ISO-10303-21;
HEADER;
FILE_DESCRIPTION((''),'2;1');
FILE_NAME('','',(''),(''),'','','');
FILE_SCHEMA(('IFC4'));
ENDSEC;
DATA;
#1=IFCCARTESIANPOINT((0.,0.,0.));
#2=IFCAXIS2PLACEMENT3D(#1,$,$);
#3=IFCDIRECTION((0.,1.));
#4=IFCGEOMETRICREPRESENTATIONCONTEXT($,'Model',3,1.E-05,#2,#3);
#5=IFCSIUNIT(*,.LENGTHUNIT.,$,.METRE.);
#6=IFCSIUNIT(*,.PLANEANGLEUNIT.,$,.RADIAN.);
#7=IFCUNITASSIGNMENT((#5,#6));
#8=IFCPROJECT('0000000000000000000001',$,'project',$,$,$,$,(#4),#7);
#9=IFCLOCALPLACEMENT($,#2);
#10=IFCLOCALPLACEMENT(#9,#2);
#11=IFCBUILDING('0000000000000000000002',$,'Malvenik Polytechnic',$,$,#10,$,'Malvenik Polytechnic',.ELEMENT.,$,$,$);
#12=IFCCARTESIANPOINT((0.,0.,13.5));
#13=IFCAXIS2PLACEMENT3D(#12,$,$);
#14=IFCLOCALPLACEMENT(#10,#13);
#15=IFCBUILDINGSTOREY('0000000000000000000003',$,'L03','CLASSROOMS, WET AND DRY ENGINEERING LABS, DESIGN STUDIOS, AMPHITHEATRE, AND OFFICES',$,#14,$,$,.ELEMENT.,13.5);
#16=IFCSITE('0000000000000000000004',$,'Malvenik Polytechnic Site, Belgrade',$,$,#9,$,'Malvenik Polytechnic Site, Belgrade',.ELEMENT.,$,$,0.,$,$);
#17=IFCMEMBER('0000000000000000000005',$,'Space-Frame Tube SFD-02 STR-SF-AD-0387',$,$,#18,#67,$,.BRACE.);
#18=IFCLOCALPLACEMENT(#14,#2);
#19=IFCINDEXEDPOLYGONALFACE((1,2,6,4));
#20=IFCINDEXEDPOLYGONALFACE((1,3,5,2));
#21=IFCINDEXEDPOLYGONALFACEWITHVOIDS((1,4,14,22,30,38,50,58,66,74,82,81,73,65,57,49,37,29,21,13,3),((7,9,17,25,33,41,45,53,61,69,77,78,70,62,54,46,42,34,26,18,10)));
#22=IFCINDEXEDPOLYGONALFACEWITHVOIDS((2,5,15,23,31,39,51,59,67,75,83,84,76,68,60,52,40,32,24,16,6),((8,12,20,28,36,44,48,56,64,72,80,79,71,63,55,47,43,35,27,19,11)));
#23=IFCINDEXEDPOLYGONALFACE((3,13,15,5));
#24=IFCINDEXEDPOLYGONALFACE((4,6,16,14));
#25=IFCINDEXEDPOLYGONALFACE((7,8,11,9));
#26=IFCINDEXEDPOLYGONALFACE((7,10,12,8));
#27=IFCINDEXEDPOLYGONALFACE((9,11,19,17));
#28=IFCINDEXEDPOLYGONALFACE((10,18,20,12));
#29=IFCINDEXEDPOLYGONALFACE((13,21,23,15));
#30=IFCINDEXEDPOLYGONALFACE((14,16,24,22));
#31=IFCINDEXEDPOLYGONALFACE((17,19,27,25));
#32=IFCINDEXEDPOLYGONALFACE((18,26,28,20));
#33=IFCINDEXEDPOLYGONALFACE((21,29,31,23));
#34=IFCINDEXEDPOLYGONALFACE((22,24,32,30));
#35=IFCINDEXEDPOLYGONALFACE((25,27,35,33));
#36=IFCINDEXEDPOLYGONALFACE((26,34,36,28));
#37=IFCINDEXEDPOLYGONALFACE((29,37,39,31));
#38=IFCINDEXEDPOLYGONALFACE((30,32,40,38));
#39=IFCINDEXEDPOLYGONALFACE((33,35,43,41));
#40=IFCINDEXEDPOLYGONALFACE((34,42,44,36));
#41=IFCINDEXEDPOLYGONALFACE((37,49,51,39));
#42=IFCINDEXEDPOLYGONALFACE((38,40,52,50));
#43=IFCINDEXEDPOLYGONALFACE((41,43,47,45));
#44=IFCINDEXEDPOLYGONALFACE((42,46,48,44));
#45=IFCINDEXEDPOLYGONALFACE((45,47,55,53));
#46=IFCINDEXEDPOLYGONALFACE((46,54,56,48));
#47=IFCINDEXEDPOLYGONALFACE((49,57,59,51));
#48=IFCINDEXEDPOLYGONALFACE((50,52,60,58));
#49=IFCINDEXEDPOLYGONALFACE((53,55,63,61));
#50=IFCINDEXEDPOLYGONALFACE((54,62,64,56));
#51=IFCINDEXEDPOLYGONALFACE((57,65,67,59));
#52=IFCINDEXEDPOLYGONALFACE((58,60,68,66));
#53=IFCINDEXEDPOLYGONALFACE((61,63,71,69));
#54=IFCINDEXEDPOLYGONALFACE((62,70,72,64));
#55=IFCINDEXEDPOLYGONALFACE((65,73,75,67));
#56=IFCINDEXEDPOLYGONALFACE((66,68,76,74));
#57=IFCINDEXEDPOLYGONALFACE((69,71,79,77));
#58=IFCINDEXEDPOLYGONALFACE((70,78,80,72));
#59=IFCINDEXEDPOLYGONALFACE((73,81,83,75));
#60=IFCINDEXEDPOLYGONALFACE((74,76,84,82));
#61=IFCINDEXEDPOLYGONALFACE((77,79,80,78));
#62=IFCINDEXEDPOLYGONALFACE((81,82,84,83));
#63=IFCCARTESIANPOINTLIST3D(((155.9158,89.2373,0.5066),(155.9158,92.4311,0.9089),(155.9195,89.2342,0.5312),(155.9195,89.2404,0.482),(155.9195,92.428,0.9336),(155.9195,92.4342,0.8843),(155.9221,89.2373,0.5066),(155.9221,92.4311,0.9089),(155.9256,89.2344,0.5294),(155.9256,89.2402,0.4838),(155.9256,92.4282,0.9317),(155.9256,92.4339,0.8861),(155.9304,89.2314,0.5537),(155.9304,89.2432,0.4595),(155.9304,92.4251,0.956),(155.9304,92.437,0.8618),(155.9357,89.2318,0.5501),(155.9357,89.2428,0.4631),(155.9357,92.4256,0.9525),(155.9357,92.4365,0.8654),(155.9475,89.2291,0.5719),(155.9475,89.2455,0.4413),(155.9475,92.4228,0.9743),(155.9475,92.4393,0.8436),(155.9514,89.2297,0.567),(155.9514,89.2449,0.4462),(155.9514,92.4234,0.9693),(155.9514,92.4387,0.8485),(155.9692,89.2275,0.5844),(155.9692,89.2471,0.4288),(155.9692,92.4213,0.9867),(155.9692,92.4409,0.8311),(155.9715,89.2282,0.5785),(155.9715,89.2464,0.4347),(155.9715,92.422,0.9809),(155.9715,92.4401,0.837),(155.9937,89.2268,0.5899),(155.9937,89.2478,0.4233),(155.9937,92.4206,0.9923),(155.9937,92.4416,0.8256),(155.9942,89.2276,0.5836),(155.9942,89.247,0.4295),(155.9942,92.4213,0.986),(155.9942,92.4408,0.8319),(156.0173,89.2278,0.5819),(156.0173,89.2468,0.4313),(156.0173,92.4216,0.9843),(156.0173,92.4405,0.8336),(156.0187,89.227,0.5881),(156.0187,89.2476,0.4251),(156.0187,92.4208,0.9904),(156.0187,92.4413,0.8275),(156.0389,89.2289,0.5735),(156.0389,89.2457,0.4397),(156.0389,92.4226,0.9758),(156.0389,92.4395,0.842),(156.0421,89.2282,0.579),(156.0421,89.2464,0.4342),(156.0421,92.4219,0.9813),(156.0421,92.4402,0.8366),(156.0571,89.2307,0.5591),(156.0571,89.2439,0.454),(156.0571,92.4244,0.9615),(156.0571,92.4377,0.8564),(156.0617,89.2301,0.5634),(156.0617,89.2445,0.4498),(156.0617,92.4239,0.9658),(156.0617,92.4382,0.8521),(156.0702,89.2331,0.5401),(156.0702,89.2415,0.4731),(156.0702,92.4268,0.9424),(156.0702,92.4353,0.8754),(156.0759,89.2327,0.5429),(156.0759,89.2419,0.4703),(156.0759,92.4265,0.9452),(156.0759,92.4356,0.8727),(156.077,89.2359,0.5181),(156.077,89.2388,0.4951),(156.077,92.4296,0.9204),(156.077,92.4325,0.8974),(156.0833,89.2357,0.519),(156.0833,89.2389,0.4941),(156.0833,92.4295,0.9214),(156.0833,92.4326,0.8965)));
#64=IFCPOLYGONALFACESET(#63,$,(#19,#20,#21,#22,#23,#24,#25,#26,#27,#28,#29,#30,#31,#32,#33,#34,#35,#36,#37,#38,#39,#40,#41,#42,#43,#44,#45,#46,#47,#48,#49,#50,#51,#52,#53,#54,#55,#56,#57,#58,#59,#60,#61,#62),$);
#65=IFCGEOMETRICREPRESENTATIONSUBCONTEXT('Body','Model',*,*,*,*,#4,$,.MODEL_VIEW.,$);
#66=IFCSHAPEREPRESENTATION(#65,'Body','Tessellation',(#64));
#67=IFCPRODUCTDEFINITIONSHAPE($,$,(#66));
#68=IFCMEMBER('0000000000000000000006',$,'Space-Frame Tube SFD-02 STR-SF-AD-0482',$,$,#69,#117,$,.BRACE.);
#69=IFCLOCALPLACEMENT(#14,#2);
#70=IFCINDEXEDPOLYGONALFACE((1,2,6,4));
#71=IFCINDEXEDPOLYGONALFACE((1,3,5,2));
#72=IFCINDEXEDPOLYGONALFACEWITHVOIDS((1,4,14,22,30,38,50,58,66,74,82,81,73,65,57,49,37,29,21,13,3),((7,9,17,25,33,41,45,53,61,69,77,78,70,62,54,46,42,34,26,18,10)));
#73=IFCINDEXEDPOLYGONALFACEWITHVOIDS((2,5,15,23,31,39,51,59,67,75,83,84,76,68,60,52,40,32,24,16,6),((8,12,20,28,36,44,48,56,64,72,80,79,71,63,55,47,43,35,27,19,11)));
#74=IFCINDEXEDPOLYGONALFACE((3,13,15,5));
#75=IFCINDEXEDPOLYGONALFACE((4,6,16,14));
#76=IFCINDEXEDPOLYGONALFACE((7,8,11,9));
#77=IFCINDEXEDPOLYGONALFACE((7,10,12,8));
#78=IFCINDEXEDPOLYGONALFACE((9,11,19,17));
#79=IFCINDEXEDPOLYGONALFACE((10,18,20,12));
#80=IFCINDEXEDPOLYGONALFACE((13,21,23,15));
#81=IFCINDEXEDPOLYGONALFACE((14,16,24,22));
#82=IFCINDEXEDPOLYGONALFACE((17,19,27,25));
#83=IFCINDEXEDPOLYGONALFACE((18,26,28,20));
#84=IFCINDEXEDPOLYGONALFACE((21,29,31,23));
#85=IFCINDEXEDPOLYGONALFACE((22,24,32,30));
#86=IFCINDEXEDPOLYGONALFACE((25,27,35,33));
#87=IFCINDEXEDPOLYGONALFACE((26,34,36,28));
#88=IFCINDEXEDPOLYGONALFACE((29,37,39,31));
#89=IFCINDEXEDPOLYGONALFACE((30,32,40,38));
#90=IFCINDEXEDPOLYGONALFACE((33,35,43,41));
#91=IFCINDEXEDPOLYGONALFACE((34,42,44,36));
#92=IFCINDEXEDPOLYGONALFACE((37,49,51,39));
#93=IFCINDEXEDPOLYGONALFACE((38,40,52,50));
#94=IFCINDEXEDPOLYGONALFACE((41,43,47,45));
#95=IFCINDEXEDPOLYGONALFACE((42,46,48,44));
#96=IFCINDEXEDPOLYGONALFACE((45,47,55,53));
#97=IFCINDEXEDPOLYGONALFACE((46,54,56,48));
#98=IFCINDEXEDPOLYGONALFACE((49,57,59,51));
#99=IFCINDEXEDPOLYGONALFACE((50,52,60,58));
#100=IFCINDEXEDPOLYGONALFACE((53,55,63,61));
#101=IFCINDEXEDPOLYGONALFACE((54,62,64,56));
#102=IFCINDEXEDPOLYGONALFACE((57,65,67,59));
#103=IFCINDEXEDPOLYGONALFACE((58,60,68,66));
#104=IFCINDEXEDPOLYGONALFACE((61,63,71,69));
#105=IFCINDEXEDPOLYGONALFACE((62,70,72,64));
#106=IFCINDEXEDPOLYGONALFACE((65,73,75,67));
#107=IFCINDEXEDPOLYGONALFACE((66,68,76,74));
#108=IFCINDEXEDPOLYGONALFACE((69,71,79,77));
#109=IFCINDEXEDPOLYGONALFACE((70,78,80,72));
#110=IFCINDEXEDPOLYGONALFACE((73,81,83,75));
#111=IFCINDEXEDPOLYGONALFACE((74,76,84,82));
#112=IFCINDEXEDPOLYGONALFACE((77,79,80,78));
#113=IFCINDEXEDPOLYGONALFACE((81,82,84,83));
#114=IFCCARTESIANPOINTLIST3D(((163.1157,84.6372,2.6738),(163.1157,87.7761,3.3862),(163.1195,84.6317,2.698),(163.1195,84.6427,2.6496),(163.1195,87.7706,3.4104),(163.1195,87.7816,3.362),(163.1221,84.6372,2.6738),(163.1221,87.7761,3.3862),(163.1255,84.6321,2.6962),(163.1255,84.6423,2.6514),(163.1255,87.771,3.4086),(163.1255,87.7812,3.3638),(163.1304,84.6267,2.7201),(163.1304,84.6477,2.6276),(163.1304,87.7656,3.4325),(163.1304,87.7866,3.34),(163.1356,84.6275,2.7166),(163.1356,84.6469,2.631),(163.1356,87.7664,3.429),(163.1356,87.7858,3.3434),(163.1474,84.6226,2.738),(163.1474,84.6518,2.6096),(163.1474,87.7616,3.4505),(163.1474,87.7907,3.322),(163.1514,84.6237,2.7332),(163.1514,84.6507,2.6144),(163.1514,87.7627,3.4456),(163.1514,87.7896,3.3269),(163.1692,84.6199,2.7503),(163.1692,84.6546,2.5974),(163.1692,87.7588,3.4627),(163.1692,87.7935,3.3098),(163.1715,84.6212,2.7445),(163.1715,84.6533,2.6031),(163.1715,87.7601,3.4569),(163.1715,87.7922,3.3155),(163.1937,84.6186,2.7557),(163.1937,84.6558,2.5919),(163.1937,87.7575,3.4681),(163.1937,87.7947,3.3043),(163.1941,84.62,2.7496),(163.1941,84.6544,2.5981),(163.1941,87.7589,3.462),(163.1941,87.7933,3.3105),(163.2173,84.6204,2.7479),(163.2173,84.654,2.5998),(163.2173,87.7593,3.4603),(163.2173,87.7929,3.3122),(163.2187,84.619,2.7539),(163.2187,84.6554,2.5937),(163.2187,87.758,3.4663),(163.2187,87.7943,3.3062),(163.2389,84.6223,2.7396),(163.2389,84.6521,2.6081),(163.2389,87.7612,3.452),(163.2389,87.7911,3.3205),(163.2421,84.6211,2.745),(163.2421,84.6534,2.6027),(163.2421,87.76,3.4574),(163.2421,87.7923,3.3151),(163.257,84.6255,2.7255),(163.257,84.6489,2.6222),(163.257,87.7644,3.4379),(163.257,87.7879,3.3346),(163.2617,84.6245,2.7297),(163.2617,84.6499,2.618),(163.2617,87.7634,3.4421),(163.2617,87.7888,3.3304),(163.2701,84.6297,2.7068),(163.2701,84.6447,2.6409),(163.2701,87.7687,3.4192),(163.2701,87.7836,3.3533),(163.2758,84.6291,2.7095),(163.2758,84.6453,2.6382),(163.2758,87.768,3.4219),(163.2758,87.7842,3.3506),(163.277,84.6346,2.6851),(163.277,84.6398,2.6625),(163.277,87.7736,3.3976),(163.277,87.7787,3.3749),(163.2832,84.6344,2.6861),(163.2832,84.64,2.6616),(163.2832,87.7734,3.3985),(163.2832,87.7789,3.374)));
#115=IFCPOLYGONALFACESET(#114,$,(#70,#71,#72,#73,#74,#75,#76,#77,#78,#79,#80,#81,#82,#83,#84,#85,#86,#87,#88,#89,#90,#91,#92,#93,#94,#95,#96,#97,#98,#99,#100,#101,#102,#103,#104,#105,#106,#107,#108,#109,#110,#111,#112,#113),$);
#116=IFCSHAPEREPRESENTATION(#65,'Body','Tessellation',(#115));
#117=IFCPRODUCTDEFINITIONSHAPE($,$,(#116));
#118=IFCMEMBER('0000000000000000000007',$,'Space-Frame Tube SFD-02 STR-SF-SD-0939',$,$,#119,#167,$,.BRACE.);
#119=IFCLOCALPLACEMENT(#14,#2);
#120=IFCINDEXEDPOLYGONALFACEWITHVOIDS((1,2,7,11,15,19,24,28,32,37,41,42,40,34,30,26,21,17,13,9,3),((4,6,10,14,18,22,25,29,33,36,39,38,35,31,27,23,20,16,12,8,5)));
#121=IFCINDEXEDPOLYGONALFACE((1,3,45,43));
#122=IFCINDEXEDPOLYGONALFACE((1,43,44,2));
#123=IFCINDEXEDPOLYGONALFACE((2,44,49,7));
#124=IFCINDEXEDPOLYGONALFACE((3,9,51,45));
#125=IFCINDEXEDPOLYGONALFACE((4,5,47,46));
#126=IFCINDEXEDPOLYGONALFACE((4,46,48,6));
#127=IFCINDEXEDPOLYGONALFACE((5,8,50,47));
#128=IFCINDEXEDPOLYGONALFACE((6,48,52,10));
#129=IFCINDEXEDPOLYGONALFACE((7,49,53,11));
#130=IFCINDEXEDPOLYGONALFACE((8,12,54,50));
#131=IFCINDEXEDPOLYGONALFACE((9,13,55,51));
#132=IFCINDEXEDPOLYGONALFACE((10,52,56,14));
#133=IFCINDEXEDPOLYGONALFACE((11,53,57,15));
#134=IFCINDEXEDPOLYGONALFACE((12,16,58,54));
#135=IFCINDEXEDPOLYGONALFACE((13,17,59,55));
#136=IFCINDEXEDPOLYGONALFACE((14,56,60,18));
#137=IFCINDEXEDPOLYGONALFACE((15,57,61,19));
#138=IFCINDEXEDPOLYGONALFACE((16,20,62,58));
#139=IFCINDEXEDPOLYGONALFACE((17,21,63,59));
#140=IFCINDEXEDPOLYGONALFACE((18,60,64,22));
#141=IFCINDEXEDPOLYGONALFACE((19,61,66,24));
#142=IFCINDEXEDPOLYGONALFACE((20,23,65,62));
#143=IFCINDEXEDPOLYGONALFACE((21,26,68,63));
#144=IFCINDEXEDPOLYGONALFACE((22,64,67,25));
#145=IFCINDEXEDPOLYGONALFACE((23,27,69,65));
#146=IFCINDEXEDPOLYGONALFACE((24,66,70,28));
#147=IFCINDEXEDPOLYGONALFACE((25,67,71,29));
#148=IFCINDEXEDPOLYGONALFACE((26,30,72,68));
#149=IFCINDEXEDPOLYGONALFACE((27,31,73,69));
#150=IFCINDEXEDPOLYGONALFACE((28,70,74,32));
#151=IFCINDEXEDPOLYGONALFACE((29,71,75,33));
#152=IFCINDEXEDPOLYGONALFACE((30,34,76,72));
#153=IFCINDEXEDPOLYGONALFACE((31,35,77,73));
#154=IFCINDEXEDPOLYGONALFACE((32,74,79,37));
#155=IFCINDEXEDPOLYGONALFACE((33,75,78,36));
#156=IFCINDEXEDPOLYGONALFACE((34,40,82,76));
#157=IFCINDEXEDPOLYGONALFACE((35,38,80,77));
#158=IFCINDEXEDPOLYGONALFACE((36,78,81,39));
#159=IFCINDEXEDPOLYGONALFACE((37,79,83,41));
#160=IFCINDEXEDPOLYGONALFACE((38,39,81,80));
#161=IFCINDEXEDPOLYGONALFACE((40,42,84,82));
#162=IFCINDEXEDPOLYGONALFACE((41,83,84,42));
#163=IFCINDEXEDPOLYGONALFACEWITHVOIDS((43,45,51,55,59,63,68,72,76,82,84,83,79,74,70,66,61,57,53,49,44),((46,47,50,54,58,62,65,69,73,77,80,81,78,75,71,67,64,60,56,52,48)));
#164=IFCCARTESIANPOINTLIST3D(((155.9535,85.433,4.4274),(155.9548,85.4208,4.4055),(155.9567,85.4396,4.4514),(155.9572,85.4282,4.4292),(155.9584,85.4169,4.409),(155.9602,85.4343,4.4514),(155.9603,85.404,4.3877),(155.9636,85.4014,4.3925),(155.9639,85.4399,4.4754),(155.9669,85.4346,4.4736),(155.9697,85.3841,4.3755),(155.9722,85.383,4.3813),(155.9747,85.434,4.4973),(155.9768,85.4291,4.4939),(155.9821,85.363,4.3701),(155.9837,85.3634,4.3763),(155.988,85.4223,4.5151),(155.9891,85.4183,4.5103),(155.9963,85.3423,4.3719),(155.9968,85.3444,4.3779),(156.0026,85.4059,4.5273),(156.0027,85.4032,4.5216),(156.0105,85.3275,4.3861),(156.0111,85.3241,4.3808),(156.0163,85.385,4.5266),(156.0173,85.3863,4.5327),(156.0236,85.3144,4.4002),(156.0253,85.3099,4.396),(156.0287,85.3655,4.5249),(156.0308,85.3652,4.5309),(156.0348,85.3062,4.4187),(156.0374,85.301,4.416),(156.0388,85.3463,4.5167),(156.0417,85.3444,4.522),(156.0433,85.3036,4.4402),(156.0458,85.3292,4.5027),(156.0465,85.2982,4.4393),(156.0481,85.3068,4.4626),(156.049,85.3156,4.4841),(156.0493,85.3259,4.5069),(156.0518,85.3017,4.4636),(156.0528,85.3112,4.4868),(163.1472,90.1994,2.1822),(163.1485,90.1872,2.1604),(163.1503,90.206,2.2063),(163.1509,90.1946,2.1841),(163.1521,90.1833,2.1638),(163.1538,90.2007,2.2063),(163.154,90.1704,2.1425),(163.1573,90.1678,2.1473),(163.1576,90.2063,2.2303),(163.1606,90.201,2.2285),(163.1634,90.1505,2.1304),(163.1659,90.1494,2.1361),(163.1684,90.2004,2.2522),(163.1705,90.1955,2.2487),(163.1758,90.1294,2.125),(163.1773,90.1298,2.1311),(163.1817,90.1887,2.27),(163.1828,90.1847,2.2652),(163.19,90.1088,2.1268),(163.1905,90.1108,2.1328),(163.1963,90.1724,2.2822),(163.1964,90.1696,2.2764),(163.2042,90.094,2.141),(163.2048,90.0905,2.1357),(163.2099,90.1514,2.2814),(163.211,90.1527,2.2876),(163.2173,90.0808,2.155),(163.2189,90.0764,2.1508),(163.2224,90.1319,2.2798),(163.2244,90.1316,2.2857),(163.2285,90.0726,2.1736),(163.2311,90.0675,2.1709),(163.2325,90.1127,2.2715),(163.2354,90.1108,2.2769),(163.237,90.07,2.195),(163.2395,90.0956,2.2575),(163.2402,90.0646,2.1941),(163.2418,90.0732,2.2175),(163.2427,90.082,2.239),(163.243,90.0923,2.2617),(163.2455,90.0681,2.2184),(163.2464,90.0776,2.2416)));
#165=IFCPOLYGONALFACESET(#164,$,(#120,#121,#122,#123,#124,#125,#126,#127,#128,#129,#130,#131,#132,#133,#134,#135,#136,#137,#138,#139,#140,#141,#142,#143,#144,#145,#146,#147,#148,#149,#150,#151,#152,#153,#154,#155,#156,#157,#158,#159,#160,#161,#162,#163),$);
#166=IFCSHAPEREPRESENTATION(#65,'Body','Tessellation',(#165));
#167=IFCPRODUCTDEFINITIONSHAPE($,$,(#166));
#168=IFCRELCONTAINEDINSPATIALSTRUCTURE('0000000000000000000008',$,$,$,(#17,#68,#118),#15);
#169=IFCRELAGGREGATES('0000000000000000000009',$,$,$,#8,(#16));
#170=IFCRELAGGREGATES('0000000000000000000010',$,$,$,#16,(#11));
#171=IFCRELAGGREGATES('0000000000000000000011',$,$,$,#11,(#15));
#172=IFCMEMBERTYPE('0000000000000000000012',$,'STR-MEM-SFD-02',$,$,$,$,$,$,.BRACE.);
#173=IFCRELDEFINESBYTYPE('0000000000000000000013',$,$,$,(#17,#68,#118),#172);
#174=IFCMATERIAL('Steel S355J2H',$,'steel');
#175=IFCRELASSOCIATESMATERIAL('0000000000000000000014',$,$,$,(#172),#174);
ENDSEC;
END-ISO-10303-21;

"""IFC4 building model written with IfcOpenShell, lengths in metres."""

from ifc_helpers import new_model, si_unit, direction, frame, origin, origin_2d, place, context, subcontext, project, spatial, hollow_circle, extrude, material, material_profile, profile_set, type_object, element, save


model = new_model("IFC4")

# Units and contexts
model_context = context("Model", 3, precision=1e-05, world=origin(), true_north=direction((0.0, 1.0)))
body_context = subcontext(model_context, "Body", "Model", "MODEL_VIEW")
ifc_project = project(units=[si_unit("LENGTHUNIT", "METRE"), si_unit("PLANEANGLEUNIT", "RADIAN")], contexts=[model_context])

# Site, building, storey
site_placement = place(None, origin())
site = spatial("IfcSite", under=ifc_project, at=site_placement, Name="Malvenik Polytechnic Site, Belgrade", LongName="Malvenik Polytechnic Site, Belgrade", CompositionType="ELEMENT", RefElevation=0.0)
building_placement = place(site_placement, origin())
building = spatial("IfcBuilding", under=site, at=building_placement, Name="Malvenik Polytechnic", LongName="Malvenik Polytechnic", CompositionType="ELEMENT")
storey_placement = place(building_placement, frame((0.0, 0.0, 13.5)))
storey = spatial("IfcBuildingStorey", under=building, at=storey_placement, Name="L03", Description="CLASSROOMS, WET AND DRY ENGINEERING LABS, DESIGN STUDIOS, AMPHITHEATRE, AND OFFICES", CompositionType="ELEMENT", Elevation=13.5)

# Members
ifc_material_1 = material(Name="Steel S355J2H", Category="steel")
ifc_material_profile_1 = material_profile(ifc_material_1, hollow_circle(Radius=0.0842, WallThickness=0.0063, at=origin_2d()), Name="CHS 168.3x6.3")
ifc_profile_set_1 = profile_set([ifc_material_profile_1], Name="Steel S355J2H")
member_type_1 = type_object("IfcMemberType", Name="STR-MEM-SFD-02", PredefinedType="BRACE", material=ifc_profile_set_1)
member_1_placement = place(storey_placement, frame((156.0, 89.2373, 0.5066), z_axis=(0.0, 0.992158, 0.124987), x_axis=(-1.0, 0.0, 0.0)))
element("IfcMember", 1, at=member_1_placement, inside=storey, type_object=member_type_1, Name="Space-Frame Tube SFD-02 STR-SF-AD-0387", PredefinedType="BRACE", context=body_context, shape_type="SweptSolid", body=[
    extrude(hollow_circle(Radius=0.0842, WallThickness=0.0063, at=origin_2d()), origin(), (0.0, 0.0, 1.0), 3.219),
])
member_2_placement = place(storey_placement, frame((163.2, 84.6372, 2.6738), z_axis=(0.0, 0.975199, 0.221329), x_axis=(-1.0, 0.0, 0.0)))
element("IfcMember", 2, at=member_2_placement, inside=storey, type_object=member_type_1, Name="Space-Frame Tube SFD-02 STR-SF-AD-0482", PredefinedType="BRACE", context=body_context, shape_type="SweptSolid", body=[
    extrude(hollow_circle(Radius=0.0842, WallThickness=0.0063, at=origin_2d()), origin(), (0.0, 0.0, 1.0), 3.2188),
])
for number, where, z_axis, x_axis, name in (
    (3, (156.0032, 85.3694, 4.4514), (0.806761, 0.534546, -0.251789), (-0.552341, 0.833618, 0.0), "Space-Frame Tube SFD-02 STR-SF-SD-0939"),
):
    element("IfcMember", number, at=place(storey_placement, frame(where, z_axis=z_axis, x_axis=x_axis)), inside=storey, type_object=member_type_1, Name=name, PredefinedType="BRACE", context=body_context, shape_type="SweptSolid", body=[
        extrude(hollow_circle(Radius=0.0842, WallThickness=0.0063, at=origin_2d()), origin(), (0.0, 0.0, 1.0), 8.9167),
    ])

save(model, "model.ifc")
